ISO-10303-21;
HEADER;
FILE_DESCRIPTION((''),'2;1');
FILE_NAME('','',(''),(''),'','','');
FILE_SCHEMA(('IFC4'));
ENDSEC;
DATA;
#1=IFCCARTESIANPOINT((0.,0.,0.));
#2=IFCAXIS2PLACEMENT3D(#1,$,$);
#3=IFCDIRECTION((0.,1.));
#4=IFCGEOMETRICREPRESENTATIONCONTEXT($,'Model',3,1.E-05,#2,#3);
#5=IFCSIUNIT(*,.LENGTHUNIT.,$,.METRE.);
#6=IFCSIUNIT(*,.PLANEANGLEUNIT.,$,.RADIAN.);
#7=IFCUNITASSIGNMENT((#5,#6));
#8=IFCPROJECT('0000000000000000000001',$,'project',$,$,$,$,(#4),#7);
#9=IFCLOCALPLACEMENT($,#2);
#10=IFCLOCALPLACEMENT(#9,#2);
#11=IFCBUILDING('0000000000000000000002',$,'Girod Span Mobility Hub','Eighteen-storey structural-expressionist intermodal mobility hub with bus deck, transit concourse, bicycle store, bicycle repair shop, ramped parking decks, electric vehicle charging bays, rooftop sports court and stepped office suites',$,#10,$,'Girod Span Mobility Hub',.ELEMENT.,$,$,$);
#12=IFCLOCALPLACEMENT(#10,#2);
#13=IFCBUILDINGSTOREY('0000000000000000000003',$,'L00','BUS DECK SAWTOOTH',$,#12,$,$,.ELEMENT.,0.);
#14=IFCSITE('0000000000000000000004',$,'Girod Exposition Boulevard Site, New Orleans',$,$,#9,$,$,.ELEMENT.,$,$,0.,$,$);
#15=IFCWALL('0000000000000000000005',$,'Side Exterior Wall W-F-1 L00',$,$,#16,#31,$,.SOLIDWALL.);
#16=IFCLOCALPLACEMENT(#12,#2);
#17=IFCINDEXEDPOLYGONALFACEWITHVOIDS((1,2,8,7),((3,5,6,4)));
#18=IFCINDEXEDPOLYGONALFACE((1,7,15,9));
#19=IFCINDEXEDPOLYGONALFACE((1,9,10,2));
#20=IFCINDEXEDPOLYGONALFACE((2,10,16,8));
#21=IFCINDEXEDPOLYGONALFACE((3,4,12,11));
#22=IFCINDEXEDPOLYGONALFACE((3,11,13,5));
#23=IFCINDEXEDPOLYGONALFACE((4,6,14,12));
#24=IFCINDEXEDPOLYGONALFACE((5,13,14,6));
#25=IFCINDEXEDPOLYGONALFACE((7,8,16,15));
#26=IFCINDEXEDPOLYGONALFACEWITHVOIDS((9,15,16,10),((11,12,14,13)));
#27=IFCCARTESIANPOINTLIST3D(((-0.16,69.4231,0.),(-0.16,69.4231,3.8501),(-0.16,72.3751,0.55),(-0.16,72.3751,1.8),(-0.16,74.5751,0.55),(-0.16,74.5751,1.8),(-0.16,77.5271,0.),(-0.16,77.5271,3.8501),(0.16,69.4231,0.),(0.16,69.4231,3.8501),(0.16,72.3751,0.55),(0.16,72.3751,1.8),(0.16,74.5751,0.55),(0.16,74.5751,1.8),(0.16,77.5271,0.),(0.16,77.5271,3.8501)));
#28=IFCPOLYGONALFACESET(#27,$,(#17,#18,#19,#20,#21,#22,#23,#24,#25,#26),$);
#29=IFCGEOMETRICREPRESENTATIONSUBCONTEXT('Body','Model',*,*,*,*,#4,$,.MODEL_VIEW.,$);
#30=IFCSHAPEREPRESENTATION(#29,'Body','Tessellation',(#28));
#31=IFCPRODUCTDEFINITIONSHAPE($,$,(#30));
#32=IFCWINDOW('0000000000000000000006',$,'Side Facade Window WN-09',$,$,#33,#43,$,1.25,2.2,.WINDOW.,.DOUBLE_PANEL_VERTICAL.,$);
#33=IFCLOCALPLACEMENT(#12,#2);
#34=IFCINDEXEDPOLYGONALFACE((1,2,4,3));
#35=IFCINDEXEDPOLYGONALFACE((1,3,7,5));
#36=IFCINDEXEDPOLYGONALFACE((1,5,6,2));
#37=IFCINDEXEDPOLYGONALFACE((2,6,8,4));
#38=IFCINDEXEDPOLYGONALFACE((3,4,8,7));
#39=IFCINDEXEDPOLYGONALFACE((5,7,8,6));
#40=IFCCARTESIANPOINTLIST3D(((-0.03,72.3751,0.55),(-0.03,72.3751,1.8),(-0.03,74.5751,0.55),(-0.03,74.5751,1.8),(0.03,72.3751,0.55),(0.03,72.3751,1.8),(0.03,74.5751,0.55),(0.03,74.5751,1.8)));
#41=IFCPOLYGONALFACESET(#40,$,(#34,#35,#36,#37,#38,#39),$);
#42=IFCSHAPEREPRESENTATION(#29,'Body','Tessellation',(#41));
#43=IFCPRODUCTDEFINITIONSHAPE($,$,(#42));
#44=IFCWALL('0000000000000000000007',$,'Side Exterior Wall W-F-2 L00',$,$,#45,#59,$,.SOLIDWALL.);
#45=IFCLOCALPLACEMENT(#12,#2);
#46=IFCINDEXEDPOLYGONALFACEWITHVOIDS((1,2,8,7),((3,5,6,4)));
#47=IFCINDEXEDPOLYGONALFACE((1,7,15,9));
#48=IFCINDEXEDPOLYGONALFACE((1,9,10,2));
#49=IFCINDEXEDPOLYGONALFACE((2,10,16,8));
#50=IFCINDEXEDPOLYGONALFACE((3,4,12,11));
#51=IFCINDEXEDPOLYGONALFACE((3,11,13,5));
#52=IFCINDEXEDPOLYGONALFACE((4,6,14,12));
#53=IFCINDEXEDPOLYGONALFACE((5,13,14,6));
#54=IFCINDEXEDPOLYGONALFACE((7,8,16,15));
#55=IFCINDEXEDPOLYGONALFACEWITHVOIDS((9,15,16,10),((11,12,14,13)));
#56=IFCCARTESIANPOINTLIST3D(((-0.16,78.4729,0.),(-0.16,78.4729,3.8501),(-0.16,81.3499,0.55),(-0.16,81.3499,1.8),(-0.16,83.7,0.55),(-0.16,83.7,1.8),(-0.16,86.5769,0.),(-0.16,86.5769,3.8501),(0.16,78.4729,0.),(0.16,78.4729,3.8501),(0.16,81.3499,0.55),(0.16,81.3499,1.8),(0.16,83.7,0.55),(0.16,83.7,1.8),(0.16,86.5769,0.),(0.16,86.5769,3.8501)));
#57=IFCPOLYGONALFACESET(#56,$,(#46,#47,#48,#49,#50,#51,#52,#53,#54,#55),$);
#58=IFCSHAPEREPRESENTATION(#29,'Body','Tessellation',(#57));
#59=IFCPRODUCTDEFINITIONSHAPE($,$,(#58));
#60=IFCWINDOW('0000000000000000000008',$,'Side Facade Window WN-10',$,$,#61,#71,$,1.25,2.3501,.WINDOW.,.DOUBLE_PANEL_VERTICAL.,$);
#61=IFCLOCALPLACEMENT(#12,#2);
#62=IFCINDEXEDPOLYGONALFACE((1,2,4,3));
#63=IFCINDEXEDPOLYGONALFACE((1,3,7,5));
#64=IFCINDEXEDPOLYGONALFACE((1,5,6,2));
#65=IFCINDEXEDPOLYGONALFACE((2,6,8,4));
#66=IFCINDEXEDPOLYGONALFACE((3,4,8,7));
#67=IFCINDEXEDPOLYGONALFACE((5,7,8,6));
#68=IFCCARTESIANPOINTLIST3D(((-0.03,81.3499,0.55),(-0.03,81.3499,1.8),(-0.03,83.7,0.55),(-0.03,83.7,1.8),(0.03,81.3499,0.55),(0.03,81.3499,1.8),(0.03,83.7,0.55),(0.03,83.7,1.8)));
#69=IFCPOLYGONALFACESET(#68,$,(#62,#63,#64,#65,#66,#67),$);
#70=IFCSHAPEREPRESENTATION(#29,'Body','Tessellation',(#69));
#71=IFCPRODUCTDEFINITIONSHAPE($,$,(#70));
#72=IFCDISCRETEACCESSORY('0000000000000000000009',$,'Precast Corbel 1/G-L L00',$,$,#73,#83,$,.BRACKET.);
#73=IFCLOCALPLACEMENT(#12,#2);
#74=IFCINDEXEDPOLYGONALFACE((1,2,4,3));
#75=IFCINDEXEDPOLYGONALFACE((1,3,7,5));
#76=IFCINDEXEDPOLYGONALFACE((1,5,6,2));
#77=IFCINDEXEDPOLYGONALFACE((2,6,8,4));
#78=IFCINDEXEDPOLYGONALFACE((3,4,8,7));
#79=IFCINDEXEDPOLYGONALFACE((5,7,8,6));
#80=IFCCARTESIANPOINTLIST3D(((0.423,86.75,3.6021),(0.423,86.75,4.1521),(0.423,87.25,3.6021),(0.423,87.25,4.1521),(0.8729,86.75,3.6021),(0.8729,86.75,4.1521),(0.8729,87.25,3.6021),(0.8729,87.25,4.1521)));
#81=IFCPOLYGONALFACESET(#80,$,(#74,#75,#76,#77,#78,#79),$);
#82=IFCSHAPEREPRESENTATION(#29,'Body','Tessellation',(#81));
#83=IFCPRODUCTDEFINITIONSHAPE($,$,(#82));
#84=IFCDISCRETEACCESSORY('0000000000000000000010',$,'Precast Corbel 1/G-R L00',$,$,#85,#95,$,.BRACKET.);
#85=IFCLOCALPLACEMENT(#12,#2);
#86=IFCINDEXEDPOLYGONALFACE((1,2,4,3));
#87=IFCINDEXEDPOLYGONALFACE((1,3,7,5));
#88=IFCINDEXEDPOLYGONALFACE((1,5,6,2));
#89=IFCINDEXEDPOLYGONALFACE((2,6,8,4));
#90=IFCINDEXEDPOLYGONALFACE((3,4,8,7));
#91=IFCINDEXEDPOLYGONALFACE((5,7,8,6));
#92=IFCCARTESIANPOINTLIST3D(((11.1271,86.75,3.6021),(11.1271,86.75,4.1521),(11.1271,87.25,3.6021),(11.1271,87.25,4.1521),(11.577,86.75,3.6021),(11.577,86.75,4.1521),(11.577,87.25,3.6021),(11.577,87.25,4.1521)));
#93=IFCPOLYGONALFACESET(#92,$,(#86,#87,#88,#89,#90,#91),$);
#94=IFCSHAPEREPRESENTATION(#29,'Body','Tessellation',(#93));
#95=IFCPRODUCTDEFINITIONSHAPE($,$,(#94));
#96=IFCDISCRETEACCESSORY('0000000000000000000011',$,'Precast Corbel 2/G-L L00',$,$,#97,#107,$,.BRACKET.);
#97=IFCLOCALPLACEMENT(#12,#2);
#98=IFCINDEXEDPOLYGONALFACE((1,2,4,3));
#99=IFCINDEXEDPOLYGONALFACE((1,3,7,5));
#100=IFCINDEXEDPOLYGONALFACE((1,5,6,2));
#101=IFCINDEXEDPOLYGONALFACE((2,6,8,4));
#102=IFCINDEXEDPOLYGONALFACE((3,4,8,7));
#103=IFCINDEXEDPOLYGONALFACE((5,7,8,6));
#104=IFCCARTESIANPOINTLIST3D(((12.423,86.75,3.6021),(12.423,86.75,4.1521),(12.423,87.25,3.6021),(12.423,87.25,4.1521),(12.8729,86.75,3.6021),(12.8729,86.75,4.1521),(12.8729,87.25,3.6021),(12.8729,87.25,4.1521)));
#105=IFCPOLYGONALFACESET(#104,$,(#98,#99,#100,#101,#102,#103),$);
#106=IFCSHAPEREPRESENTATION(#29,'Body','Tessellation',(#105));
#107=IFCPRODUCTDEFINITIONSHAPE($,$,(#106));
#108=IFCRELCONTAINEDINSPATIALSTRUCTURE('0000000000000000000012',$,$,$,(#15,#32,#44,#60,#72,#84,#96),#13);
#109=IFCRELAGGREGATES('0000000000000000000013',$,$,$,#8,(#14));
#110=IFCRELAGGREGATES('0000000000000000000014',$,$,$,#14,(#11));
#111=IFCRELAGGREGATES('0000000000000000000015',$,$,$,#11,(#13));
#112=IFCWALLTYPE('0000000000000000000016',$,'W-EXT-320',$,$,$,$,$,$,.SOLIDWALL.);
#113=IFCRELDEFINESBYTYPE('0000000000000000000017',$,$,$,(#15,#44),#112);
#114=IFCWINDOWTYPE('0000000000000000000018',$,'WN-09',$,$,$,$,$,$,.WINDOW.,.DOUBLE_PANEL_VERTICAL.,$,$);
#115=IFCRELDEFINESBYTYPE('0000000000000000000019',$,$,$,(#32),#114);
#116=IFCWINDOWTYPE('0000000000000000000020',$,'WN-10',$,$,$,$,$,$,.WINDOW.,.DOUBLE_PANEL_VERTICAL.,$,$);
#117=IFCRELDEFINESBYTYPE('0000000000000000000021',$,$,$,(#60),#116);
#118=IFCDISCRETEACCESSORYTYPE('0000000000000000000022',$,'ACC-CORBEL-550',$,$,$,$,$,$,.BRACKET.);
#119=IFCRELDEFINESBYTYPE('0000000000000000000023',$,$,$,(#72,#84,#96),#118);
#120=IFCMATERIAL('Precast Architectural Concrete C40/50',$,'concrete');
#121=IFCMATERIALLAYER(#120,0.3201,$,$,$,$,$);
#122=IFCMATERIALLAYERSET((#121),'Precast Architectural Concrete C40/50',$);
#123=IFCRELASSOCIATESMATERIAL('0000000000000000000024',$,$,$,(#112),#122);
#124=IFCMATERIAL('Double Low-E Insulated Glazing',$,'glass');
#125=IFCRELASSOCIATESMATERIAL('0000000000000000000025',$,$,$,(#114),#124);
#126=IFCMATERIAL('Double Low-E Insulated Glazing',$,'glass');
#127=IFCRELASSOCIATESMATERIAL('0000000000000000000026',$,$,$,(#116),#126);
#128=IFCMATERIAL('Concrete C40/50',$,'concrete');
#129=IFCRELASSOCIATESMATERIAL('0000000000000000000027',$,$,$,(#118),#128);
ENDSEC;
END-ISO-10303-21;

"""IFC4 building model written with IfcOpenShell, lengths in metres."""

from ifc_helpers import new_model, si_unit, direction, frame, frame_2d, origin, origin_2d, place, context, subcontext, project, spatial, rectangle, extrude, material, layer, layer_set, type_object, element, fill, save


model = new_model("IFC4")

# Units and contexts
model_context = context("Model", 3, precision=1e-05, world=origin(), true_north=direction((0.0, 1.0)))
body_context = subcontext(model_context, "Body", "Model", "MODEL_VIEW")
ifc_project = project(units=[si_unit("LENGTHUNIT", "METRE"), si_unit("PLANEANGLEUNIT", "RADIAN")], contexts=[model_context])

# Site, building, storey
site_placement = place(None, origin())
site = spatial("IfcSite", under=ifc_project, at=site_placement, Name="Girod Exposition Boulevard Site, New Orleans", CompositionType="ELEMENT", RefElevation=0.0)
building_placement = place(site_placement, origin())
building = spatial("IfcBuilding", under=site, at=building_placement, Name="Girod Span Mobility Hub", Description="Eighteen-storey structural-expressionist intermodal mobility hub with bus deck, transit concourse, bicycle store, bicycle repair shop, ramped parking decks, electric vehicle charging bays, rooftop sports court and stepped office suites", LongName="Girod Span Mobility Hub", CompositionType="ELEMENT")
storey_placement = place(building_placement, origin())
storey = spatial("IfcBuildingStorey", under=building, at=storey_placement, Name="L00", Description="BUS DECK SAWTOOTH", CompositionType="ELEMENT", Elevation=0.0)

# Walls, openings, windows
ifc_material_1 = material(Name="Precast Architectural Concrete C40/50", Category="concrete")
ifc_layer = layer(ifc_material_1, 0.3201)
ifc_layer_set = layer_set([ifc_layer], Name="Precast Architectural Concrete C40/50")
wall_type = type_object("IfcWallType", Name="W-EXT-320", PredefinedType="SOLIDWALL", material=ifc_layer_set)
wall_1_placement = place(storey_placement, frame((0.0, 69.4231, 0.0), z_axis=(0.0, 0.0, 1.0), x_axis=(0.0, 1.0, 0.0)))
wall_1 = element("IfcWall", 1, at=wall_1_placement, inside=storey, type_object=wall_type, Name="Side Exterior Wall W-F-1 L00", PredefinedType="SOLIDWALL", context=body_context, shape_type="SweptSolid", body=[
    extrude(rectangle(XDim=8.104, YDim=0.3201, at=frame_2d((4.052, 0.0))), origin(), (0.0, 0.0, 1.0), 3.8501),
])
opening_1_placement = place(wall_1_placement, frame((2.9519, 0.0, 0.55)))
opening_1 = element("IfcOpeningElement", 2, at=opening_1_placement, cuts=wall_1, PredefinedType="OPENING", context=body_context, shape_type="SweptSolid", body=[
    extrude(rectangle(XDim=2.2, YDim=1.25, at=frame_2d((1.1001, 0.625))), frame((0.0, 0.175, 0.0), z_axis=(0.0, -1.0, 0.0), x_axis=(1.0, 0.0, 0.0)), (0.0, 0.0, 1.0), 0.3501),
])
ifc_material_2 = material(Name="Double Low-E Insulated Glazing", Category="glass")
window_type_1 = type_object("IfcWindowType", Name="WN-09", PartitioningType="DOUBLE_PANEL_VERTICAL", PredefinedType="WINDOW", material=ifc_material_2)
window_1_placement = place(opening_1_placement, origin())
window_1 = element("IfcWindow", 3, at=window_1_placement, inside=storey, type_object=window_type_1, Name="Side Facade Window WN-09", OverallHeight=1.25, OverallWidth=2.2, PartitioningType="DOUBLE_PANEL_VERTICAL", PredefinedType="WINDOW", context=body_context, shape_type="SweptSolid", body=[
    extrude(rectangle(XDim=2.2, YDim=1.25, at=frame_2d((1.1001, 0.625))), frame((0.0, 0.03, 0.0), z_axis=(0.0, -1.0, 0.0), x_axis=(1.0, 0.0, 0.0)), (0.0, 0.0, 1.0), 0.0601),
])
fill(opening_1, window_1)
wall_2_placement = place(storey_placement, frame((0.0, 78.4729, 0.0), z_axis=(0.0, 0.0, 1.0), x_axis=(0.0, 1.0, 0.0)))
wall_2 = element("IfcWall", 4, at=wall_2_placement, inside=storey, type_object=wall_type, Name="Side Exterior Wall W-F-2 L00", PredefinedType="SOLIDWALL", context=body_context, shape_type="SweptSolid", body=[
    extrude(rectangle(XDim=8.104, YDim=0.3201, at=frame_2d((4.052, 0.0))), origin(), (0.0, 0.0, 1.0), 3.8501),
])
opening_2_placement = place(wall_2_placement, frame((2.877, 0.0, 0.55)))
opening_2 = element("IfcOpeningElement", 5, at=opening_2_placement, cuts=wall_2, PredefinedType="OPENING", context=body_context, shape_type="SweptSolid", body=[
    extrude(rectangle(XDim=2.3501, YDim=1.25, at=frame_2d((1.175, 0.625))), frame((0.0, 0.175, 0.0), z_axis=(0.0, -1.0, 0.0), x_axis=(1.0, 0.0, 0.0)), (0.0, 0.0, 1.0), 0.3501),
])
ifc_material_3 = material(Name="Double Low-E Insulated Glazing", Category="glass")
window_type_2 = type_object("IfcWindowType", Name="WN-10", PartitioningType="DOUBLE_PANEL_VERTICAL", PredefinedType="WINDOW", material=ifc_material_3)
window_2_placement = place(opening_2_placement, origin())
window_2 = element("IfcWindow", 6, at=window_2_placement, inside=storey, type_object=window_type_2, Name="Side Facade Window WN-10", OverallHeight=1.25, OverallWidth=2.3501, PartitioningType="DOUBLE_PANEL_VERTICAL", PredefinedType="WINDOW", context=body_context, shape_type="SweptSolid", body=[
    extrude(rectangle(XDim=2.3501, YDim=1.25, at=frame_2d((1.175, 0.625))), frame((0.0, 0.03, 0.0), z_axis=(0.0, -1.0, 0.0), x_axis=(1.0, 0.0, 0.0)), (0.0, 0.0, 1.0), 0.0601),
])
fill(opening_2, window_2)

# Discrete accessories
ifc_material_4 = material(Name="Concrete C40/50", Category="concrete")
discrete_accessory_type = type_object("IfcDiscreteAccessoryType", Name="ACC-CORBEL-550", PredefinedType="BRACKET", material=ifc_material_4)
for number, where, z_axis, x_axis, name in (
    (7, (0.6479, 87.0, 3.6021), (0.0, 0.0, 1.0), (1.0, 0.0, 0.0), "Precast Corbel 1/G-L L00"),
    (8, (11.3521, 87.0, 3.6021), (0.0, 0.0, 1.0), (1.0, 0.0, 0.0), "Precast Corbel 1/G-R L00"),
    (9, (12.6479, 87.0, 3.6021), (0.0, 0.0, 1.0), (1.0, 0.0, 0.0), "Precast Corbel 2/G-L L00"),
):
    element("IfcDiscreteAccessory", number, at=place(storey_placement, frame(where, z_axis=z_axis, x_axis=x_axis)), inside=storey, type_object=discrete_accessory_type, Name=name, PredefinedType="BRACKET", context=body_context, shape_type="SweptSolid", body=[
        extrude(rectangle(XDim=0.45, YDim=0.5, at=origin_2d()), origin(), (0.0, 0.0, 1.0), 0.55),
    ])

save(model, "model.ifc")
